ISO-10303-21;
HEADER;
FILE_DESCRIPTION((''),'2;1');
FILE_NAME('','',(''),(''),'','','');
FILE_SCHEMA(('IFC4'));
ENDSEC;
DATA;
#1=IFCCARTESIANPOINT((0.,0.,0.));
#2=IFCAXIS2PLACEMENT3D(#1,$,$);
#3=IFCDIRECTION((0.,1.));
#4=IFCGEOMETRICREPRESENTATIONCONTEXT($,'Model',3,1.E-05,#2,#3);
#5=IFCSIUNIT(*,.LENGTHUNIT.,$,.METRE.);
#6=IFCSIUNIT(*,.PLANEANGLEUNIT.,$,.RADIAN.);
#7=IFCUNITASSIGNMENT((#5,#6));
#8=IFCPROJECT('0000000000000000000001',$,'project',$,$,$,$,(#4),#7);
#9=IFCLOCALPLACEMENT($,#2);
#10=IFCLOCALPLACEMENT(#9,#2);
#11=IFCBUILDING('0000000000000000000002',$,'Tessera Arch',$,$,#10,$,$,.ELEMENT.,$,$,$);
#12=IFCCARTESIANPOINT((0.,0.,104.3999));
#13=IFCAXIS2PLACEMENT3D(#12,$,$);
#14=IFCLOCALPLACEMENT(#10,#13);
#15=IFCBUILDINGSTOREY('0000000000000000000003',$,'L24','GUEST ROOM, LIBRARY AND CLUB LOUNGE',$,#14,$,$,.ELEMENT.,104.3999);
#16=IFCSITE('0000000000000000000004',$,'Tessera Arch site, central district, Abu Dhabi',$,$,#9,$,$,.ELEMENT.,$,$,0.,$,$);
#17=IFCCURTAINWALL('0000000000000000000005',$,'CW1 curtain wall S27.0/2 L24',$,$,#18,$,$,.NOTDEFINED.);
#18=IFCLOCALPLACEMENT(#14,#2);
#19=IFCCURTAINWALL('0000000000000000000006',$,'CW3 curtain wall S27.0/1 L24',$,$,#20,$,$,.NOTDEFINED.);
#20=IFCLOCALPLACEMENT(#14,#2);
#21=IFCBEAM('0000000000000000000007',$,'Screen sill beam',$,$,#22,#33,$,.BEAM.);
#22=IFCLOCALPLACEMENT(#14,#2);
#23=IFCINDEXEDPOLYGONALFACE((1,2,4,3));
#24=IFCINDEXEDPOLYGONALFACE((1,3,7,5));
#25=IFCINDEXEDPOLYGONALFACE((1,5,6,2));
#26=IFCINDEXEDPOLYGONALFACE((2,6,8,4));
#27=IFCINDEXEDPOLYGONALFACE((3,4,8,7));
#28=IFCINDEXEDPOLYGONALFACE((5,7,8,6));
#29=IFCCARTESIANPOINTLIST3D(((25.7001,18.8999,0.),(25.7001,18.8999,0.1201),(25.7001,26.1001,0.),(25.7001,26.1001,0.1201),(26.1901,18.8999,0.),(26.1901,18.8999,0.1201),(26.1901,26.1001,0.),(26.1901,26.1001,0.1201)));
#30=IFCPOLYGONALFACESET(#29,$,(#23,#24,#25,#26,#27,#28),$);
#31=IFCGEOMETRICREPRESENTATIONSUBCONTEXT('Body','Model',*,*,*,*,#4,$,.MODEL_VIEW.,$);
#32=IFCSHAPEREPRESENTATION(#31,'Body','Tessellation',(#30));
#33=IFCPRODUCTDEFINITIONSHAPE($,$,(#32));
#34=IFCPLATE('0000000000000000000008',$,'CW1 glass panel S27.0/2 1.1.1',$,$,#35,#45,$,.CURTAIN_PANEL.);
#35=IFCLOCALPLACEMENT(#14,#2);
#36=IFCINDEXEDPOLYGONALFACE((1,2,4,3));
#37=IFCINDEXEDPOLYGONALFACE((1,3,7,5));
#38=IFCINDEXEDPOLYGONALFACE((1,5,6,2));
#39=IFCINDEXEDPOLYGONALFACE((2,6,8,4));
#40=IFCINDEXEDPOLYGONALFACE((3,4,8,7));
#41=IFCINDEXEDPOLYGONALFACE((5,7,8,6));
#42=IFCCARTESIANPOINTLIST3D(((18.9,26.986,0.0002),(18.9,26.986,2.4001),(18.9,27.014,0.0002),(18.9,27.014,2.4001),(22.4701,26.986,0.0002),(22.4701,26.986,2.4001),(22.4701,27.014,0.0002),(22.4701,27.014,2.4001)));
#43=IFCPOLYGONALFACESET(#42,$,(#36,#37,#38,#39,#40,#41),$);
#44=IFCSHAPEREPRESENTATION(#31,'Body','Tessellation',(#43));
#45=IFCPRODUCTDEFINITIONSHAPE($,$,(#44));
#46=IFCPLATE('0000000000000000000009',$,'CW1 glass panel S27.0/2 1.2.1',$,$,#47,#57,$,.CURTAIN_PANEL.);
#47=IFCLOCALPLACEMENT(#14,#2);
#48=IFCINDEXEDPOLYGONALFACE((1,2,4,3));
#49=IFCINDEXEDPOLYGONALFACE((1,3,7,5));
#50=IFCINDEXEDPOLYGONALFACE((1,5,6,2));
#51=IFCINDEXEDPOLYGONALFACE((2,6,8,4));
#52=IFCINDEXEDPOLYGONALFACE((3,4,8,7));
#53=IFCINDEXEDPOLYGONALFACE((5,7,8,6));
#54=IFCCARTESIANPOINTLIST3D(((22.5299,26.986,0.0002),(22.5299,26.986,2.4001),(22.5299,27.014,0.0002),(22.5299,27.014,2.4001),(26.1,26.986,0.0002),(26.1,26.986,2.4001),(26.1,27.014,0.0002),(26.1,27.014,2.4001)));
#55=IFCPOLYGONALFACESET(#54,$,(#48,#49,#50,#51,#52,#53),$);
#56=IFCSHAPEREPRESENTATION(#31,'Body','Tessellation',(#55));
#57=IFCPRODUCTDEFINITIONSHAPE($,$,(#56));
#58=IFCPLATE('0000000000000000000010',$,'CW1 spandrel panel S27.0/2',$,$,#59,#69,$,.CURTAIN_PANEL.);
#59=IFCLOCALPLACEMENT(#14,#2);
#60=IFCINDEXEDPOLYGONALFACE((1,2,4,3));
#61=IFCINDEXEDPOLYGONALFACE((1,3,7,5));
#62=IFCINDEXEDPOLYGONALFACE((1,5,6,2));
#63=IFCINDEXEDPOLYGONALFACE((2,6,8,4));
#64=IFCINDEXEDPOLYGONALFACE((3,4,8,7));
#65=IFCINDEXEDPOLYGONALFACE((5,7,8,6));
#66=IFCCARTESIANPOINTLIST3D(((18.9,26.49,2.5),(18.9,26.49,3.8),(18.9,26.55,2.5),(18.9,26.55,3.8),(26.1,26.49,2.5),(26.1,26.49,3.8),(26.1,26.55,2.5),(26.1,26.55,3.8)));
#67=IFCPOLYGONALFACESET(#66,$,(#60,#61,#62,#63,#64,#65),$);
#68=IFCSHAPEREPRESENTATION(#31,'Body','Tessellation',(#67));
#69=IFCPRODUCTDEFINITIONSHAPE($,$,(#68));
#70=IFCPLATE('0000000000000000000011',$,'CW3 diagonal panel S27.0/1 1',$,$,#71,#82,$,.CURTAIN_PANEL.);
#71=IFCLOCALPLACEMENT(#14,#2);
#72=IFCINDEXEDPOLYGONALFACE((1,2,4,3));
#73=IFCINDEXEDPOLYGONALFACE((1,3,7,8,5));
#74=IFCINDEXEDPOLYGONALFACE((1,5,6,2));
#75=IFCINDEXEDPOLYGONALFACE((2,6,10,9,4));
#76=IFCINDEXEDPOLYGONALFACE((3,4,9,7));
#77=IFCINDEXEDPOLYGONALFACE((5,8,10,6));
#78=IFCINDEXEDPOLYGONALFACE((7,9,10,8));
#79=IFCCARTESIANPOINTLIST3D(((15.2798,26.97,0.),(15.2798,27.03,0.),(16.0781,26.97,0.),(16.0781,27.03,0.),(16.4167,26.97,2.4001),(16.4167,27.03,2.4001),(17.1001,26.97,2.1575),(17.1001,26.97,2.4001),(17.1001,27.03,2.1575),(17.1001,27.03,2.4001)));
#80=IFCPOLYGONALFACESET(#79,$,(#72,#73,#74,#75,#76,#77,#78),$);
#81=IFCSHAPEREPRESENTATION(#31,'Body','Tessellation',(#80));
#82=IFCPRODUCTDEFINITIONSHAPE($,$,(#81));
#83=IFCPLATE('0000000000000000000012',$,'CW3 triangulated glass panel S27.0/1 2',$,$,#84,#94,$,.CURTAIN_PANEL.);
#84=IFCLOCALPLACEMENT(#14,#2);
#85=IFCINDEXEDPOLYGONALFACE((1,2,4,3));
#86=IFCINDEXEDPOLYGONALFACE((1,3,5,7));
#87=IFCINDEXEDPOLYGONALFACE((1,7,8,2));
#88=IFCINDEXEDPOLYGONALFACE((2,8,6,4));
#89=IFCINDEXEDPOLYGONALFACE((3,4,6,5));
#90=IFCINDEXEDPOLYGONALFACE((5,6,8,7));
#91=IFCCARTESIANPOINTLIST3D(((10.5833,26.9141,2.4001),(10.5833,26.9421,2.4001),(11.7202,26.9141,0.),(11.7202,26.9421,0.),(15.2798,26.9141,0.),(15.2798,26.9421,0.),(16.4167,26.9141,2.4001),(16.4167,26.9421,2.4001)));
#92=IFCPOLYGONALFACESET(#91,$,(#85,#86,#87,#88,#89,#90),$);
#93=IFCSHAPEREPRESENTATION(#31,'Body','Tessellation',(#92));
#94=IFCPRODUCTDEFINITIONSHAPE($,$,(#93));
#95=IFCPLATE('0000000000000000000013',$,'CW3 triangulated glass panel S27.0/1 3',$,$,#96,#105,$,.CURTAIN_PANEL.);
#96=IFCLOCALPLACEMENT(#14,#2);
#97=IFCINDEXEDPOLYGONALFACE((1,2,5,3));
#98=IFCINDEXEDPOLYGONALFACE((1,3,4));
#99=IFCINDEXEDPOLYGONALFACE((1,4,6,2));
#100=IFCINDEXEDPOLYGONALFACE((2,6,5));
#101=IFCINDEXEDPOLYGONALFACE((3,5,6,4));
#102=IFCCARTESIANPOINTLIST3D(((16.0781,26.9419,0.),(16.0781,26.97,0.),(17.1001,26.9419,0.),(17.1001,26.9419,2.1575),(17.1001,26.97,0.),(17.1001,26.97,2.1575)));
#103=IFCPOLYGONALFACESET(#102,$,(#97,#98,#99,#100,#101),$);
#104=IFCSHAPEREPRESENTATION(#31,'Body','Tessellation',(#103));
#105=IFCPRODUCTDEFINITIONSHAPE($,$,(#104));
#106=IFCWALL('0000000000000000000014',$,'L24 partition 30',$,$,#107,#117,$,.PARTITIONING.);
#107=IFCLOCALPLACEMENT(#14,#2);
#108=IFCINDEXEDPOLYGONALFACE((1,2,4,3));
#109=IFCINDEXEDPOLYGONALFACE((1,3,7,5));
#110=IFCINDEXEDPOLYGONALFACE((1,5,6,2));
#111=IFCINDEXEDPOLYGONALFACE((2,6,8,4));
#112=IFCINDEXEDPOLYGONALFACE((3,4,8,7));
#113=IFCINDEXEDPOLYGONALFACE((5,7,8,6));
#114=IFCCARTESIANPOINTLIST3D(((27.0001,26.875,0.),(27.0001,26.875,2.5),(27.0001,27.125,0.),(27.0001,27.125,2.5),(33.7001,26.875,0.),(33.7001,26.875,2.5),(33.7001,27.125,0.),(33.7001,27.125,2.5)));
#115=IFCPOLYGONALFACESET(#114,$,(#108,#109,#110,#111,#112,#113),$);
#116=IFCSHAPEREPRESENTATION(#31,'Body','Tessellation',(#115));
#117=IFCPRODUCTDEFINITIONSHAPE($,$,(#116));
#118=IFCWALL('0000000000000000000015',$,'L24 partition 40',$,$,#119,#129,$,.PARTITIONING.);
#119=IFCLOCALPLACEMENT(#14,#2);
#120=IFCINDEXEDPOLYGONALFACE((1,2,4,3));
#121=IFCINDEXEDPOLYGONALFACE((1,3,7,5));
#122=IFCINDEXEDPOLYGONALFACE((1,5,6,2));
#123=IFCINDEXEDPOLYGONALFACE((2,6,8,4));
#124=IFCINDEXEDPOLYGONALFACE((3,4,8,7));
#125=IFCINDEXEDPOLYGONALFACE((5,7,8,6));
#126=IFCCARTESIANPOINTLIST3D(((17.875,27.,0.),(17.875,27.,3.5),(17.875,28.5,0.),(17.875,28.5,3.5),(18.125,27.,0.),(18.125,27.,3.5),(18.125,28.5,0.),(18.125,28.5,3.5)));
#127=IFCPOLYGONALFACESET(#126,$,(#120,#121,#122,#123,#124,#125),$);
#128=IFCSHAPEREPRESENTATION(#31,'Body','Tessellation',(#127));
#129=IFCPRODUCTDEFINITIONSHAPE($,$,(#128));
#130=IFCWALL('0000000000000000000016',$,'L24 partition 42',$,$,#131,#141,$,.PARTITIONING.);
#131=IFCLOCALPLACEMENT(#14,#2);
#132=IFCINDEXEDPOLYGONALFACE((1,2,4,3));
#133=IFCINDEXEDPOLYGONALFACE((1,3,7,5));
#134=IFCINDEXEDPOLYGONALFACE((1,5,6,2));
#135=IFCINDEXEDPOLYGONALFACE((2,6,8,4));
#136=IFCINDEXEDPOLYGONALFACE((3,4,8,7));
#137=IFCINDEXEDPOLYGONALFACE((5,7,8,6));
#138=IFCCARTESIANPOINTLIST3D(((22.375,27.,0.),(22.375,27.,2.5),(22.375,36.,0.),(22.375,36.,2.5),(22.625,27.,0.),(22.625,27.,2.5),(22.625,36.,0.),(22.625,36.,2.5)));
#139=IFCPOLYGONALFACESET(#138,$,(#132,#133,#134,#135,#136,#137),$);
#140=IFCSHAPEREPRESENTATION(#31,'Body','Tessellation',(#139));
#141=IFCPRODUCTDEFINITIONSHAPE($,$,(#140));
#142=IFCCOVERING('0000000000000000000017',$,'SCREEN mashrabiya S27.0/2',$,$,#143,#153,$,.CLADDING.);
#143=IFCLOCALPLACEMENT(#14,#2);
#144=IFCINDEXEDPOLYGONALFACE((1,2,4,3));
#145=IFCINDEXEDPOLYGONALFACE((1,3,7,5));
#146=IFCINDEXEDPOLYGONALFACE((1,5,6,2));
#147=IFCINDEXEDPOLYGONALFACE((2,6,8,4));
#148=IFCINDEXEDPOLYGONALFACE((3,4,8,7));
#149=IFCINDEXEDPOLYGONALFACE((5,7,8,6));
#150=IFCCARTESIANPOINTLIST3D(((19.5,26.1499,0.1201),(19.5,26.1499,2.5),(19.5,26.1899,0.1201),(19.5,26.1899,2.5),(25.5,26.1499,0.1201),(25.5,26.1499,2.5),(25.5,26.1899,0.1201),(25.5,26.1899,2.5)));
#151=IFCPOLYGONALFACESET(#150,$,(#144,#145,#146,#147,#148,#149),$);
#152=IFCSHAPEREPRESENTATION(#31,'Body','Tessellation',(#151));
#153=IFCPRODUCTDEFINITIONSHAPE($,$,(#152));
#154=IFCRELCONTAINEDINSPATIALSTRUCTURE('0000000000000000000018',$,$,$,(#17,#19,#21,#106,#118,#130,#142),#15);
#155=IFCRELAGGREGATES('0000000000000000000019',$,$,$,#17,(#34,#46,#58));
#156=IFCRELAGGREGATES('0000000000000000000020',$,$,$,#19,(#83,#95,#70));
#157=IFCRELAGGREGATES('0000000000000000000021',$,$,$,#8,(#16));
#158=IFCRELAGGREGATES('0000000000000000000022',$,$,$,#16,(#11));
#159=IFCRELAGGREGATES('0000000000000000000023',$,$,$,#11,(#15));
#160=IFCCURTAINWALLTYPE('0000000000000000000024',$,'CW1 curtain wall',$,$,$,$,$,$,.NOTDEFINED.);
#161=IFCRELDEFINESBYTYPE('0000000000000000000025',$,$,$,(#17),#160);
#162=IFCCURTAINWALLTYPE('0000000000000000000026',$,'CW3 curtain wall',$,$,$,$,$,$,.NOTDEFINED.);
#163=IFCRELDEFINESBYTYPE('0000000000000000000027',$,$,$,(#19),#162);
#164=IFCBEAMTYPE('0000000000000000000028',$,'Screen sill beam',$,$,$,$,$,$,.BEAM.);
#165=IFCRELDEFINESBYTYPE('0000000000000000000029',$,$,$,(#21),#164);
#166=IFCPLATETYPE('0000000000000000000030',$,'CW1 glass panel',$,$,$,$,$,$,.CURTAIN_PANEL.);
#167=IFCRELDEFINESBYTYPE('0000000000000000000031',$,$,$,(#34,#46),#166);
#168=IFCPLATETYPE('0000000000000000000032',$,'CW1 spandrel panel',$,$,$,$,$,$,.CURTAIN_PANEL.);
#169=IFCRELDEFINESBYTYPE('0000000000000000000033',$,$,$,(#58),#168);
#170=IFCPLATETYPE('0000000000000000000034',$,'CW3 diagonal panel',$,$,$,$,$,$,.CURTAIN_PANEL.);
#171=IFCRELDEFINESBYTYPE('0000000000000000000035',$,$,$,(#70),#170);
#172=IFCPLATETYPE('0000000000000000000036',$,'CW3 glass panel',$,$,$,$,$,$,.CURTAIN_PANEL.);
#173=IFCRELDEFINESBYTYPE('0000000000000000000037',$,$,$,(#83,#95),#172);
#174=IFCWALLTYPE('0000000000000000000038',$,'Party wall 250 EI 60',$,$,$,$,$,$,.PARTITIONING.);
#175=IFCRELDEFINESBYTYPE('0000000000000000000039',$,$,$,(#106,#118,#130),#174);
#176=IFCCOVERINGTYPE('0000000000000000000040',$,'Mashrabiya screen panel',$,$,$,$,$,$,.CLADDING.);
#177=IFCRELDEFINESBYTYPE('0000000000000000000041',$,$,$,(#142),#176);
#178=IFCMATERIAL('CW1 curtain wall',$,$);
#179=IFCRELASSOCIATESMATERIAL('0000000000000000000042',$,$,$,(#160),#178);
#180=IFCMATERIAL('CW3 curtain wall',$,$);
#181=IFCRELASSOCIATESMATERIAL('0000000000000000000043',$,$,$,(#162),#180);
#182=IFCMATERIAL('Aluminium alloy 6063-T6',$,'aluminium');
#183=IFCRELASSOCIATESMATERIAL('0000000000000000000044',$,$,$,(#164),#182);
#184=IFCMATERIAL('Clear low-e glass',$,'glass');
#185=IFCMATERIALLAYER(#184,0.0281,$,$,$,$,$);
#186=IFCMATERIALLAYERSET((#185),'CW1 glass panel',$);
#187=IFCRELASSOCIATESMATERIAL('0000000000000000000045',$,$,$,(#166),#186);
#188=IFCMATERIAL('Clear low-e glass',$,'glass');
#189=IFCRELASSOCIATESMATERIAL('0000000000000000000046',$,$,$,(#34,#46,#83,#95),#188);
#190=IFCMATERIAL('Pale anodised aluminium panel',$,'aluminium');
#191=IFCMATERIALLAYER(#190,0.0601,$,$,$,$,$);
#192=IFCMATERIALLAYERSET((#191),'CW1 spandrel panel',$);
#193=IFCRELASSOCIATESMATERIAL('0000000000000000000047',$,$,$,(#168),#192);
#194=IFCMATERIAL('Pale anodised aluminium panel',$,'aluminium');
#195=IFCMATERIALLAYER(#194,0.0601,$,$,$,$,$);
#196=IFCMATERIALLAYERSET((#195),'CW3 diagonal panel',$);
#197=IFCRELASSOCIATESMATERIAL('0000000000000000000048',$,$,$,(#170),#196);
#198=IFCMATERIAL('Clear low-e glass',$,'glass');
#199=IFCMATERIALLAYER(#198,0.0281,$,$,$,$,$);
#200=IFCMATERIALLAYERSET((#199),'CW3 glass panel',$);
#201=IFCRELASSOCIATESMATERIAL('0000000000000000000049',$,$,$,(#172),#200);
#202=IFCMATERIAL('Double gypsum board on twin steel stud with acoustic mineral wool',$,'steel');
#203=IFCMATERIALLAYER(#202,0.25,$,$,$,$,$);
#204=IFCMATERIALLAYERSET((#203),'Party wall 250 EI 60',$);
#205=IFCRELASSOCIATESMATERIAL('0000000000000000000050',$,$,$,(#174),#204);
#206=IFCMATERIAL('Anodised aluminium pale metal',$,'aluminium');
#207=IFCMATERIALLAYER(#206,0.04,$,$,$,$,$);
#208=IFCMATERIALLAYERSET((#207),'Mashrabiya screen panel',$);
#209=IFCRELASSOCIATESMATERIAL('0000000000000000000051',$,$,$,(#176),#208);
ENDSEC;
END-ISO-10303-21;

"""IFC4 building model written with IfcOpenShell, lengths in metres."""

from ifc_helpers import new_model, si_unit, direction, frame, frame_2d, origin, origin_2d, place, context, subcontext, project, spatial, polyline, rectangle, outline, extrude, material, layer, layer_set, material_profile, profile_set, type_object, element, aggregate, save


model = new_model("IFC4")

# Units and contexts
model_context = context("Model", 3, precision=1e-05, world=origin(), true_north=direction((0.0, 1.0)))
body_context = subcontext(model_context, "Body", "Model", "MODEL_VIEW")
ifc_project = project(units=[si_unit("LENGTHUNIT", "METRE"), si_unit("PLANEANGLEUNIT", "RADIAN")], contexts=[model_context])

# Site, building, storey
site_placement = place(None, origin())
site = spatial("IfcSite", under=ifc_project, at=site_placement, Name="Tessera Arch site, central district, Abu Dhabi", CompositionType="ELEMENT", RefElevation=0.0)
building_placement = place(site_placement, origin())
building = spatial("IfcBuilding", under=site, at=building_placement, Name="Tessera Arch", CompositionType="ELEMENT")
storey_placement = place(building_placement, frame((0.0, 0.0, 104.3999)))
storey = spatial("IfcBuildingStorey", under=building, at=storey_placement, Name="L24", Description="GUEST ROOM, LIBRARY AND CLUB LOUNGE", CompositionType="ELEMENT", Elevation=104.3999)

# Curtain wall
ifc_material_1 = material(Name="CW1 curtain wall")
curtain_wall_type_1 = type_object("IfcCurtainWallType", Name="CW1 curtain wall", PredefinedType="NOTDEFINED", material=ifc_material_1)
curtain_wall_1_placement = place(storey_placement, origin())
curtain_wall_1 = element("IfcCurtainWall", 1, at=curtain_wall_1_placement, inside=storey, type_object=curtain_wall_type_1, Name="CW1 curtain wall S27.0/2 L24", PredefinedType="NOTDEFINED")

# Curtain wall
ifc_material_2 = material(Name="CW3 curtain wall")
curtain_wall_type_2 = type_object("IfcCurtainWallType", Name="CW3 curtain wall", PredefinedType="NOTDEFINED", material=ifc_material_2)
curtain_wall_2_placement = place(storey_placement, origin())
curtain_wall_2 = element("IfcCurtainWall", 2, at=curtain_wall_2_placement, inside=storey, type_object=curtain_wall_type_2, Name="CW3 curtain wall S27.0/1 L24", PredefinedType="NOTDEFINED")

# Beam
ifc_material_3 = material(Name="Aluminium alloy 6063-T6", Category="aluminium")
ifc_material_profile_1 = material_profile(ifc_material_3, rectangle(XDim=0.49, YDim=0.1201, at=origin_2d()), Name="AL 490x120")
ifc_profile_set_1 = profile_set([ifc_material_profile_1], Name="Aluminium alloy 6063-T6")
beam_type_1 = type_object("IfcBeamType", Name="Screen sill beam", PredefinedType="BEAM", material=ifc_profile_set_1)
for number, where, z_axis, x_axis, name in (
    (3, (25.9451, 26.1001, 0.0601), (0.0, -1.0, 0.0), (1.0, 0.0, 0.0), "Screen sill beam"),
):
    element("IfcBeam", number, at=place(storey_placement, frame(where, z_axis=z_axis, x_axis=x_axis)), inside=storey, type_object=beam_type_1, Name=name, PredefinedType="BEAM", context=body_context, shape_type="SweptSolid", body=[
        extrude(rectangle(XDim=0.49, YDim=0.1201, at=origin_2d()), origin(), (0.0, 0.0, 1.0), 7.2002),
    ])

# Plates
ifc_material_4 = material(Name="Clear low-e glass", Category="glass")
ifc_material_5 = material(Name="Clear low-e glass", Category="glass")
ifc_layer_1 = layer(ifc_material_5, 0.0281)
ifc_layer_set_1 = layer_set([ifc_layer_1], Name="CW1 glass panel")
plate_type_1 = type_object("IfcPlateType", Name="CW1 glass panel", PredefinedType="CURTAIN_PANEL", material=ifc_layer_set_1)
plate_1_placement = place(storey_placement, frame((20.6851, 27.0, 0.0002), z_axis=(0.0, 0.0, 1.0), x_axis=(1.0, 0.0, 0.0)))
plate_1 = element("IfcPlate", 4, at=plate_1_placement, type_object=plate_type_1, material=ifc_material_4, Name="CW1 glass panel S27.0/2 1.1.1", PredefinedType="CURTAIN_PANEL", context=body_context, shape_type="SweptSolid", body=[
    extrude(rectangle(XDim=3.5701, YDim=0.0281, at=origin_2d()), origin(), (0.0, 0.0, 1.0), 2.3999),
])
plate_2_placement = place(storey_placement, frame((24.3149, 27.0, 0.0002), z_axis=(0.0, 0.0, 1.0), x_axis=(1.0, 0.0, 0.0)))
plate_2 = element("IfcPlate", 5, at=plate_2_placement, type_object=plate_type_1, material=ifc_material_4, Name="CW1 glass panel S27.0/2 1.2.1", PredefinedType="CURTAIN_PANEL", context=body_context, shape_type="SweptSolid", body=[
    extrude(rectangle(XDim=3.5701, YDim=0.0281, at=origin_2d()), origin(), (0.0, 0.0, 1.0), 2.3999),
])
ifc_material_6 = material(Name="Pale anodised aluminium panel", Category="aluminium")
ifc_layer_2 = layer(ifc_material_6, 0.0601)
ifc_layer_set_2 = layer_set([ifc_layer_2], Name="CW1 spandrel panel")
plate_type_2 = type_object("IfcPlateType", Name="CW1 spandrel panel", PredefinedType="CURTAIN_PANEL", material=ifc_layer_set_2)
plate_3_placement = place(storey_placement, frame((22.5, 26.52, 2.5), z_axis=(0.0, 0.0, 1.0), x_axis=(1.0, 0.0, 0.0)))
plate_3 = element("IfcPlate", 6, at=plate_3_placement, type_object=plate_type_2, Name="CW1 spandrel panel S27.0/2", PredefinedType="CURTAIN_PANEL", context=body_context, shape_type="SweptSolid", body=[
    extrude(rectangle(XDim=7.2, YDim=0.0601, at=origin_2d()), origin(), (0.0, 0.0, 1.0), 1.3),
])
aggregate(curtain_wall_1, [plate_1, plate_2, plate_3])
ifc_material_7 = material(Name="Pale anodised aluminium panel", Category="aluminium")
ifc_layer_3 = layer(ifc_material_7, 0.0601)
ifc_layer_set_3 = layer_set([ifc_layer_3], Name="CW3 diagonal panel")
plate_type_3 = type_object("IfcPlateType", Name="CW3 diagonal panel", PredefinedType="CURTAIN_PANEL", material=ifc_layer_set_3)
plate_4_placement = place(storey_placement, frame((17.1001, 26.97, 2.4001), z_axis=(0.0, -1.0, 0.0), x_axis=(-1.0, 0.0, 0.0)))
plate_4 = element("IfcPlate", 7, at=plate_4_placement, type_object=plate_type_3, Name="CW3 diagonal panel S27.0/1 1", PredefinedType="CURTAIN_PANEL", context=body_context, shape_type="SweptSolid", body=[
    extrude(outline(polyline([(0.0, 0.0), (0.6833, 0.0), (1.8203, 2.4001), (1.022, 2.4001), (0.0, 0.2427), (0.0, 0.0)])), origin(), (0.0, 0.0, -1.0), 0.0601),
])
ifc_material_8 = material(Name="Clear low-e glass", Category="glass")
ifc_layer_4 = layer(ifc_material_8, 0.0281)
ifc_layer_set_4 = layer_set([ifc_layer_4], Name="CW3 glass panel")
plate_type_4 = type_object("IfcPlateType", Name="CW3 glass panel", PredefinedType="CURTAIN_PANEL", material=ifc_layer_set_4)
plate_5_placement = place(storey_placement, frame((16.4167, 26.9141, 2.4001), z_axis=(0.0, -1.0, 0.0), x_axis=(-1.0, 0.0, 0.0)))
plate_5 = element("IfcPlate", 8, at=plate_5_placement, type_object=plate_type_4, material=ifc_material_4, Name="CW3 triangulated glass panel S27.0/1 2", PredefinedType="CURTAIN_PANEL", context=body_context, shape_type="SweptSolid", body=[
    extrude(outline(polyline([(0.0, 0.0), (5.8335, 0.0), (4.6965, 2.4001), (1.137, 2.4001), (0.0, 0.0)])), origin(), (0.0, 0.0, -1.0), 0.0281),
])
plate_6_placement = place(storey_placement, frame((17.1001, 26.9419, 0.0), z_axis=(0.0, -1.0, 0.0), x_axis=(0.0, 0.0, 1.0)))
plate_6 = element("IfcPlate", 9, at=plate_6_placement, type_object=plate_type_4, material=ifc_material_4, Name="CW3 triangulated glass panel S27.0/1 3", PredefinedType="CURTAIN_PANEL", context=body_context, shape_type="SweptSolid", body=[
    extrude(outline(polyline([(0.0, 0.0), (2.1575, 0.0), (0.0, 1.022), (0.0, 0.0)])), origin(), (0.0, 0.0, -1.0), 0.0281),
])
aggregate(curtain_wall_2, [plate_5, plate_6, plate_4])

# Walls
ifc_material_9 = material(Name="Double gypsum board on twin steel stud with acoustic mineral wool", Category="steel")
ifc_layer_5 = layer(ifc_material_9, 0.25)
ifc_layer_set_5 = layer_set([ifc_layer_5], Name="Party wall 250 EI 60")
wall_type = type_object("IfcWallType", Name="Party wall 250 EI 60", PredefinedType="PARTITIONING", material=ifc_layer_set_5)
wall_1_placement = place(storey_placement, frame((27.0, 27.0, 0.0), z_axis=(0.0, 0.0, 1.0), x_axis=(1.0, 0.0, 0.0)))
element("IfcWall", 10, at=wall_1_placement, inside=storey, type_object=wall_type, Name="L24 partition 30", PredefinedType="PARTITIONING", context=body_context, shape_type="SweptSolid", body=[
    extrude(rectangle(XDim=6.7, YDim=0.25, at=frame_2d((3.3501, 0.0))), origin(), (0.0, 0.0, 1.0), 2.5),
])
wall_2_placement = place(storey_placement, frame((18.0, 27.0, 0.0), z_axis=(0.0, 0.0, 1.0), x_axis=(0.0, 1.0, 0.0)))
element("IfcWall", 11, at=wall_2_placement, inside=storey, type_object=wall_type, Name="L24 partition 40", PredefinedType="PARTITIONING", context=body_context, shape_type="SweptSolid", body=[
    extrude(rectangle(XDim=1.5, YDim=0.25, at=frame_2d((0.75, 0.0))), origin(), (0.0, 0.0, 1.0), 3.5),
])
wall_3_placement = place(storey_placement, frame((22.5, 27.0, 0.0), z_axis=(0.0, 0.0, 1.0), x_axis=(0.0, 1.0, 0.0)))
element("IfcWall", 12, at=wall_3_placement, inside=storey, type_object=wall_type, Name="L24 partition 42", PredefinedType="PARTITIONING", context=body_context, shape_type="SweptSolid", body=[
    extrude(rectangle(XDim=9.0, YDim=0.25, at=frame_2d((4.5, 0.0))), origin(), (0.0, 0.0, 1.0), 2.5),
])

# Covering
ifc_material_10 = material(Name="Anodised aluminium pale metal", Category="aluminium")
ifc_layer_6 = layer(ifc_material_10, 0.04)
ifc_layer_set_6 = layer_set([ifc_layer_6], Name="Mashrabiya screen panel")
covering_type = type_object("IfcCoveringType", Name="Mashrabiya screen panel", PredefinedType="CLADDING", material=ifc_layer_set_6)
covering_placement = place(storey_placement, frame((22.5, 26.1699, 0.1201), z_axis=(0.0, 0.0, 1.0), x_axis=(1.0, 0.0, 0.0)))
element("IfcCovering", 13, at=covering_placement, inside=storey, type_object=covering_type, Name="SCREEN mashrabiya S27.0/2", PredefinedType="CLADDING", context=body_context, shape_type="SweptSolid", body=[
    extrude(rectangle(XDim=6.0, YDim=0.04, at=origin_2d()), origin(), (0.0, 0.0, 1.0), 2.3799),
])

save(model, "model.ifc")
